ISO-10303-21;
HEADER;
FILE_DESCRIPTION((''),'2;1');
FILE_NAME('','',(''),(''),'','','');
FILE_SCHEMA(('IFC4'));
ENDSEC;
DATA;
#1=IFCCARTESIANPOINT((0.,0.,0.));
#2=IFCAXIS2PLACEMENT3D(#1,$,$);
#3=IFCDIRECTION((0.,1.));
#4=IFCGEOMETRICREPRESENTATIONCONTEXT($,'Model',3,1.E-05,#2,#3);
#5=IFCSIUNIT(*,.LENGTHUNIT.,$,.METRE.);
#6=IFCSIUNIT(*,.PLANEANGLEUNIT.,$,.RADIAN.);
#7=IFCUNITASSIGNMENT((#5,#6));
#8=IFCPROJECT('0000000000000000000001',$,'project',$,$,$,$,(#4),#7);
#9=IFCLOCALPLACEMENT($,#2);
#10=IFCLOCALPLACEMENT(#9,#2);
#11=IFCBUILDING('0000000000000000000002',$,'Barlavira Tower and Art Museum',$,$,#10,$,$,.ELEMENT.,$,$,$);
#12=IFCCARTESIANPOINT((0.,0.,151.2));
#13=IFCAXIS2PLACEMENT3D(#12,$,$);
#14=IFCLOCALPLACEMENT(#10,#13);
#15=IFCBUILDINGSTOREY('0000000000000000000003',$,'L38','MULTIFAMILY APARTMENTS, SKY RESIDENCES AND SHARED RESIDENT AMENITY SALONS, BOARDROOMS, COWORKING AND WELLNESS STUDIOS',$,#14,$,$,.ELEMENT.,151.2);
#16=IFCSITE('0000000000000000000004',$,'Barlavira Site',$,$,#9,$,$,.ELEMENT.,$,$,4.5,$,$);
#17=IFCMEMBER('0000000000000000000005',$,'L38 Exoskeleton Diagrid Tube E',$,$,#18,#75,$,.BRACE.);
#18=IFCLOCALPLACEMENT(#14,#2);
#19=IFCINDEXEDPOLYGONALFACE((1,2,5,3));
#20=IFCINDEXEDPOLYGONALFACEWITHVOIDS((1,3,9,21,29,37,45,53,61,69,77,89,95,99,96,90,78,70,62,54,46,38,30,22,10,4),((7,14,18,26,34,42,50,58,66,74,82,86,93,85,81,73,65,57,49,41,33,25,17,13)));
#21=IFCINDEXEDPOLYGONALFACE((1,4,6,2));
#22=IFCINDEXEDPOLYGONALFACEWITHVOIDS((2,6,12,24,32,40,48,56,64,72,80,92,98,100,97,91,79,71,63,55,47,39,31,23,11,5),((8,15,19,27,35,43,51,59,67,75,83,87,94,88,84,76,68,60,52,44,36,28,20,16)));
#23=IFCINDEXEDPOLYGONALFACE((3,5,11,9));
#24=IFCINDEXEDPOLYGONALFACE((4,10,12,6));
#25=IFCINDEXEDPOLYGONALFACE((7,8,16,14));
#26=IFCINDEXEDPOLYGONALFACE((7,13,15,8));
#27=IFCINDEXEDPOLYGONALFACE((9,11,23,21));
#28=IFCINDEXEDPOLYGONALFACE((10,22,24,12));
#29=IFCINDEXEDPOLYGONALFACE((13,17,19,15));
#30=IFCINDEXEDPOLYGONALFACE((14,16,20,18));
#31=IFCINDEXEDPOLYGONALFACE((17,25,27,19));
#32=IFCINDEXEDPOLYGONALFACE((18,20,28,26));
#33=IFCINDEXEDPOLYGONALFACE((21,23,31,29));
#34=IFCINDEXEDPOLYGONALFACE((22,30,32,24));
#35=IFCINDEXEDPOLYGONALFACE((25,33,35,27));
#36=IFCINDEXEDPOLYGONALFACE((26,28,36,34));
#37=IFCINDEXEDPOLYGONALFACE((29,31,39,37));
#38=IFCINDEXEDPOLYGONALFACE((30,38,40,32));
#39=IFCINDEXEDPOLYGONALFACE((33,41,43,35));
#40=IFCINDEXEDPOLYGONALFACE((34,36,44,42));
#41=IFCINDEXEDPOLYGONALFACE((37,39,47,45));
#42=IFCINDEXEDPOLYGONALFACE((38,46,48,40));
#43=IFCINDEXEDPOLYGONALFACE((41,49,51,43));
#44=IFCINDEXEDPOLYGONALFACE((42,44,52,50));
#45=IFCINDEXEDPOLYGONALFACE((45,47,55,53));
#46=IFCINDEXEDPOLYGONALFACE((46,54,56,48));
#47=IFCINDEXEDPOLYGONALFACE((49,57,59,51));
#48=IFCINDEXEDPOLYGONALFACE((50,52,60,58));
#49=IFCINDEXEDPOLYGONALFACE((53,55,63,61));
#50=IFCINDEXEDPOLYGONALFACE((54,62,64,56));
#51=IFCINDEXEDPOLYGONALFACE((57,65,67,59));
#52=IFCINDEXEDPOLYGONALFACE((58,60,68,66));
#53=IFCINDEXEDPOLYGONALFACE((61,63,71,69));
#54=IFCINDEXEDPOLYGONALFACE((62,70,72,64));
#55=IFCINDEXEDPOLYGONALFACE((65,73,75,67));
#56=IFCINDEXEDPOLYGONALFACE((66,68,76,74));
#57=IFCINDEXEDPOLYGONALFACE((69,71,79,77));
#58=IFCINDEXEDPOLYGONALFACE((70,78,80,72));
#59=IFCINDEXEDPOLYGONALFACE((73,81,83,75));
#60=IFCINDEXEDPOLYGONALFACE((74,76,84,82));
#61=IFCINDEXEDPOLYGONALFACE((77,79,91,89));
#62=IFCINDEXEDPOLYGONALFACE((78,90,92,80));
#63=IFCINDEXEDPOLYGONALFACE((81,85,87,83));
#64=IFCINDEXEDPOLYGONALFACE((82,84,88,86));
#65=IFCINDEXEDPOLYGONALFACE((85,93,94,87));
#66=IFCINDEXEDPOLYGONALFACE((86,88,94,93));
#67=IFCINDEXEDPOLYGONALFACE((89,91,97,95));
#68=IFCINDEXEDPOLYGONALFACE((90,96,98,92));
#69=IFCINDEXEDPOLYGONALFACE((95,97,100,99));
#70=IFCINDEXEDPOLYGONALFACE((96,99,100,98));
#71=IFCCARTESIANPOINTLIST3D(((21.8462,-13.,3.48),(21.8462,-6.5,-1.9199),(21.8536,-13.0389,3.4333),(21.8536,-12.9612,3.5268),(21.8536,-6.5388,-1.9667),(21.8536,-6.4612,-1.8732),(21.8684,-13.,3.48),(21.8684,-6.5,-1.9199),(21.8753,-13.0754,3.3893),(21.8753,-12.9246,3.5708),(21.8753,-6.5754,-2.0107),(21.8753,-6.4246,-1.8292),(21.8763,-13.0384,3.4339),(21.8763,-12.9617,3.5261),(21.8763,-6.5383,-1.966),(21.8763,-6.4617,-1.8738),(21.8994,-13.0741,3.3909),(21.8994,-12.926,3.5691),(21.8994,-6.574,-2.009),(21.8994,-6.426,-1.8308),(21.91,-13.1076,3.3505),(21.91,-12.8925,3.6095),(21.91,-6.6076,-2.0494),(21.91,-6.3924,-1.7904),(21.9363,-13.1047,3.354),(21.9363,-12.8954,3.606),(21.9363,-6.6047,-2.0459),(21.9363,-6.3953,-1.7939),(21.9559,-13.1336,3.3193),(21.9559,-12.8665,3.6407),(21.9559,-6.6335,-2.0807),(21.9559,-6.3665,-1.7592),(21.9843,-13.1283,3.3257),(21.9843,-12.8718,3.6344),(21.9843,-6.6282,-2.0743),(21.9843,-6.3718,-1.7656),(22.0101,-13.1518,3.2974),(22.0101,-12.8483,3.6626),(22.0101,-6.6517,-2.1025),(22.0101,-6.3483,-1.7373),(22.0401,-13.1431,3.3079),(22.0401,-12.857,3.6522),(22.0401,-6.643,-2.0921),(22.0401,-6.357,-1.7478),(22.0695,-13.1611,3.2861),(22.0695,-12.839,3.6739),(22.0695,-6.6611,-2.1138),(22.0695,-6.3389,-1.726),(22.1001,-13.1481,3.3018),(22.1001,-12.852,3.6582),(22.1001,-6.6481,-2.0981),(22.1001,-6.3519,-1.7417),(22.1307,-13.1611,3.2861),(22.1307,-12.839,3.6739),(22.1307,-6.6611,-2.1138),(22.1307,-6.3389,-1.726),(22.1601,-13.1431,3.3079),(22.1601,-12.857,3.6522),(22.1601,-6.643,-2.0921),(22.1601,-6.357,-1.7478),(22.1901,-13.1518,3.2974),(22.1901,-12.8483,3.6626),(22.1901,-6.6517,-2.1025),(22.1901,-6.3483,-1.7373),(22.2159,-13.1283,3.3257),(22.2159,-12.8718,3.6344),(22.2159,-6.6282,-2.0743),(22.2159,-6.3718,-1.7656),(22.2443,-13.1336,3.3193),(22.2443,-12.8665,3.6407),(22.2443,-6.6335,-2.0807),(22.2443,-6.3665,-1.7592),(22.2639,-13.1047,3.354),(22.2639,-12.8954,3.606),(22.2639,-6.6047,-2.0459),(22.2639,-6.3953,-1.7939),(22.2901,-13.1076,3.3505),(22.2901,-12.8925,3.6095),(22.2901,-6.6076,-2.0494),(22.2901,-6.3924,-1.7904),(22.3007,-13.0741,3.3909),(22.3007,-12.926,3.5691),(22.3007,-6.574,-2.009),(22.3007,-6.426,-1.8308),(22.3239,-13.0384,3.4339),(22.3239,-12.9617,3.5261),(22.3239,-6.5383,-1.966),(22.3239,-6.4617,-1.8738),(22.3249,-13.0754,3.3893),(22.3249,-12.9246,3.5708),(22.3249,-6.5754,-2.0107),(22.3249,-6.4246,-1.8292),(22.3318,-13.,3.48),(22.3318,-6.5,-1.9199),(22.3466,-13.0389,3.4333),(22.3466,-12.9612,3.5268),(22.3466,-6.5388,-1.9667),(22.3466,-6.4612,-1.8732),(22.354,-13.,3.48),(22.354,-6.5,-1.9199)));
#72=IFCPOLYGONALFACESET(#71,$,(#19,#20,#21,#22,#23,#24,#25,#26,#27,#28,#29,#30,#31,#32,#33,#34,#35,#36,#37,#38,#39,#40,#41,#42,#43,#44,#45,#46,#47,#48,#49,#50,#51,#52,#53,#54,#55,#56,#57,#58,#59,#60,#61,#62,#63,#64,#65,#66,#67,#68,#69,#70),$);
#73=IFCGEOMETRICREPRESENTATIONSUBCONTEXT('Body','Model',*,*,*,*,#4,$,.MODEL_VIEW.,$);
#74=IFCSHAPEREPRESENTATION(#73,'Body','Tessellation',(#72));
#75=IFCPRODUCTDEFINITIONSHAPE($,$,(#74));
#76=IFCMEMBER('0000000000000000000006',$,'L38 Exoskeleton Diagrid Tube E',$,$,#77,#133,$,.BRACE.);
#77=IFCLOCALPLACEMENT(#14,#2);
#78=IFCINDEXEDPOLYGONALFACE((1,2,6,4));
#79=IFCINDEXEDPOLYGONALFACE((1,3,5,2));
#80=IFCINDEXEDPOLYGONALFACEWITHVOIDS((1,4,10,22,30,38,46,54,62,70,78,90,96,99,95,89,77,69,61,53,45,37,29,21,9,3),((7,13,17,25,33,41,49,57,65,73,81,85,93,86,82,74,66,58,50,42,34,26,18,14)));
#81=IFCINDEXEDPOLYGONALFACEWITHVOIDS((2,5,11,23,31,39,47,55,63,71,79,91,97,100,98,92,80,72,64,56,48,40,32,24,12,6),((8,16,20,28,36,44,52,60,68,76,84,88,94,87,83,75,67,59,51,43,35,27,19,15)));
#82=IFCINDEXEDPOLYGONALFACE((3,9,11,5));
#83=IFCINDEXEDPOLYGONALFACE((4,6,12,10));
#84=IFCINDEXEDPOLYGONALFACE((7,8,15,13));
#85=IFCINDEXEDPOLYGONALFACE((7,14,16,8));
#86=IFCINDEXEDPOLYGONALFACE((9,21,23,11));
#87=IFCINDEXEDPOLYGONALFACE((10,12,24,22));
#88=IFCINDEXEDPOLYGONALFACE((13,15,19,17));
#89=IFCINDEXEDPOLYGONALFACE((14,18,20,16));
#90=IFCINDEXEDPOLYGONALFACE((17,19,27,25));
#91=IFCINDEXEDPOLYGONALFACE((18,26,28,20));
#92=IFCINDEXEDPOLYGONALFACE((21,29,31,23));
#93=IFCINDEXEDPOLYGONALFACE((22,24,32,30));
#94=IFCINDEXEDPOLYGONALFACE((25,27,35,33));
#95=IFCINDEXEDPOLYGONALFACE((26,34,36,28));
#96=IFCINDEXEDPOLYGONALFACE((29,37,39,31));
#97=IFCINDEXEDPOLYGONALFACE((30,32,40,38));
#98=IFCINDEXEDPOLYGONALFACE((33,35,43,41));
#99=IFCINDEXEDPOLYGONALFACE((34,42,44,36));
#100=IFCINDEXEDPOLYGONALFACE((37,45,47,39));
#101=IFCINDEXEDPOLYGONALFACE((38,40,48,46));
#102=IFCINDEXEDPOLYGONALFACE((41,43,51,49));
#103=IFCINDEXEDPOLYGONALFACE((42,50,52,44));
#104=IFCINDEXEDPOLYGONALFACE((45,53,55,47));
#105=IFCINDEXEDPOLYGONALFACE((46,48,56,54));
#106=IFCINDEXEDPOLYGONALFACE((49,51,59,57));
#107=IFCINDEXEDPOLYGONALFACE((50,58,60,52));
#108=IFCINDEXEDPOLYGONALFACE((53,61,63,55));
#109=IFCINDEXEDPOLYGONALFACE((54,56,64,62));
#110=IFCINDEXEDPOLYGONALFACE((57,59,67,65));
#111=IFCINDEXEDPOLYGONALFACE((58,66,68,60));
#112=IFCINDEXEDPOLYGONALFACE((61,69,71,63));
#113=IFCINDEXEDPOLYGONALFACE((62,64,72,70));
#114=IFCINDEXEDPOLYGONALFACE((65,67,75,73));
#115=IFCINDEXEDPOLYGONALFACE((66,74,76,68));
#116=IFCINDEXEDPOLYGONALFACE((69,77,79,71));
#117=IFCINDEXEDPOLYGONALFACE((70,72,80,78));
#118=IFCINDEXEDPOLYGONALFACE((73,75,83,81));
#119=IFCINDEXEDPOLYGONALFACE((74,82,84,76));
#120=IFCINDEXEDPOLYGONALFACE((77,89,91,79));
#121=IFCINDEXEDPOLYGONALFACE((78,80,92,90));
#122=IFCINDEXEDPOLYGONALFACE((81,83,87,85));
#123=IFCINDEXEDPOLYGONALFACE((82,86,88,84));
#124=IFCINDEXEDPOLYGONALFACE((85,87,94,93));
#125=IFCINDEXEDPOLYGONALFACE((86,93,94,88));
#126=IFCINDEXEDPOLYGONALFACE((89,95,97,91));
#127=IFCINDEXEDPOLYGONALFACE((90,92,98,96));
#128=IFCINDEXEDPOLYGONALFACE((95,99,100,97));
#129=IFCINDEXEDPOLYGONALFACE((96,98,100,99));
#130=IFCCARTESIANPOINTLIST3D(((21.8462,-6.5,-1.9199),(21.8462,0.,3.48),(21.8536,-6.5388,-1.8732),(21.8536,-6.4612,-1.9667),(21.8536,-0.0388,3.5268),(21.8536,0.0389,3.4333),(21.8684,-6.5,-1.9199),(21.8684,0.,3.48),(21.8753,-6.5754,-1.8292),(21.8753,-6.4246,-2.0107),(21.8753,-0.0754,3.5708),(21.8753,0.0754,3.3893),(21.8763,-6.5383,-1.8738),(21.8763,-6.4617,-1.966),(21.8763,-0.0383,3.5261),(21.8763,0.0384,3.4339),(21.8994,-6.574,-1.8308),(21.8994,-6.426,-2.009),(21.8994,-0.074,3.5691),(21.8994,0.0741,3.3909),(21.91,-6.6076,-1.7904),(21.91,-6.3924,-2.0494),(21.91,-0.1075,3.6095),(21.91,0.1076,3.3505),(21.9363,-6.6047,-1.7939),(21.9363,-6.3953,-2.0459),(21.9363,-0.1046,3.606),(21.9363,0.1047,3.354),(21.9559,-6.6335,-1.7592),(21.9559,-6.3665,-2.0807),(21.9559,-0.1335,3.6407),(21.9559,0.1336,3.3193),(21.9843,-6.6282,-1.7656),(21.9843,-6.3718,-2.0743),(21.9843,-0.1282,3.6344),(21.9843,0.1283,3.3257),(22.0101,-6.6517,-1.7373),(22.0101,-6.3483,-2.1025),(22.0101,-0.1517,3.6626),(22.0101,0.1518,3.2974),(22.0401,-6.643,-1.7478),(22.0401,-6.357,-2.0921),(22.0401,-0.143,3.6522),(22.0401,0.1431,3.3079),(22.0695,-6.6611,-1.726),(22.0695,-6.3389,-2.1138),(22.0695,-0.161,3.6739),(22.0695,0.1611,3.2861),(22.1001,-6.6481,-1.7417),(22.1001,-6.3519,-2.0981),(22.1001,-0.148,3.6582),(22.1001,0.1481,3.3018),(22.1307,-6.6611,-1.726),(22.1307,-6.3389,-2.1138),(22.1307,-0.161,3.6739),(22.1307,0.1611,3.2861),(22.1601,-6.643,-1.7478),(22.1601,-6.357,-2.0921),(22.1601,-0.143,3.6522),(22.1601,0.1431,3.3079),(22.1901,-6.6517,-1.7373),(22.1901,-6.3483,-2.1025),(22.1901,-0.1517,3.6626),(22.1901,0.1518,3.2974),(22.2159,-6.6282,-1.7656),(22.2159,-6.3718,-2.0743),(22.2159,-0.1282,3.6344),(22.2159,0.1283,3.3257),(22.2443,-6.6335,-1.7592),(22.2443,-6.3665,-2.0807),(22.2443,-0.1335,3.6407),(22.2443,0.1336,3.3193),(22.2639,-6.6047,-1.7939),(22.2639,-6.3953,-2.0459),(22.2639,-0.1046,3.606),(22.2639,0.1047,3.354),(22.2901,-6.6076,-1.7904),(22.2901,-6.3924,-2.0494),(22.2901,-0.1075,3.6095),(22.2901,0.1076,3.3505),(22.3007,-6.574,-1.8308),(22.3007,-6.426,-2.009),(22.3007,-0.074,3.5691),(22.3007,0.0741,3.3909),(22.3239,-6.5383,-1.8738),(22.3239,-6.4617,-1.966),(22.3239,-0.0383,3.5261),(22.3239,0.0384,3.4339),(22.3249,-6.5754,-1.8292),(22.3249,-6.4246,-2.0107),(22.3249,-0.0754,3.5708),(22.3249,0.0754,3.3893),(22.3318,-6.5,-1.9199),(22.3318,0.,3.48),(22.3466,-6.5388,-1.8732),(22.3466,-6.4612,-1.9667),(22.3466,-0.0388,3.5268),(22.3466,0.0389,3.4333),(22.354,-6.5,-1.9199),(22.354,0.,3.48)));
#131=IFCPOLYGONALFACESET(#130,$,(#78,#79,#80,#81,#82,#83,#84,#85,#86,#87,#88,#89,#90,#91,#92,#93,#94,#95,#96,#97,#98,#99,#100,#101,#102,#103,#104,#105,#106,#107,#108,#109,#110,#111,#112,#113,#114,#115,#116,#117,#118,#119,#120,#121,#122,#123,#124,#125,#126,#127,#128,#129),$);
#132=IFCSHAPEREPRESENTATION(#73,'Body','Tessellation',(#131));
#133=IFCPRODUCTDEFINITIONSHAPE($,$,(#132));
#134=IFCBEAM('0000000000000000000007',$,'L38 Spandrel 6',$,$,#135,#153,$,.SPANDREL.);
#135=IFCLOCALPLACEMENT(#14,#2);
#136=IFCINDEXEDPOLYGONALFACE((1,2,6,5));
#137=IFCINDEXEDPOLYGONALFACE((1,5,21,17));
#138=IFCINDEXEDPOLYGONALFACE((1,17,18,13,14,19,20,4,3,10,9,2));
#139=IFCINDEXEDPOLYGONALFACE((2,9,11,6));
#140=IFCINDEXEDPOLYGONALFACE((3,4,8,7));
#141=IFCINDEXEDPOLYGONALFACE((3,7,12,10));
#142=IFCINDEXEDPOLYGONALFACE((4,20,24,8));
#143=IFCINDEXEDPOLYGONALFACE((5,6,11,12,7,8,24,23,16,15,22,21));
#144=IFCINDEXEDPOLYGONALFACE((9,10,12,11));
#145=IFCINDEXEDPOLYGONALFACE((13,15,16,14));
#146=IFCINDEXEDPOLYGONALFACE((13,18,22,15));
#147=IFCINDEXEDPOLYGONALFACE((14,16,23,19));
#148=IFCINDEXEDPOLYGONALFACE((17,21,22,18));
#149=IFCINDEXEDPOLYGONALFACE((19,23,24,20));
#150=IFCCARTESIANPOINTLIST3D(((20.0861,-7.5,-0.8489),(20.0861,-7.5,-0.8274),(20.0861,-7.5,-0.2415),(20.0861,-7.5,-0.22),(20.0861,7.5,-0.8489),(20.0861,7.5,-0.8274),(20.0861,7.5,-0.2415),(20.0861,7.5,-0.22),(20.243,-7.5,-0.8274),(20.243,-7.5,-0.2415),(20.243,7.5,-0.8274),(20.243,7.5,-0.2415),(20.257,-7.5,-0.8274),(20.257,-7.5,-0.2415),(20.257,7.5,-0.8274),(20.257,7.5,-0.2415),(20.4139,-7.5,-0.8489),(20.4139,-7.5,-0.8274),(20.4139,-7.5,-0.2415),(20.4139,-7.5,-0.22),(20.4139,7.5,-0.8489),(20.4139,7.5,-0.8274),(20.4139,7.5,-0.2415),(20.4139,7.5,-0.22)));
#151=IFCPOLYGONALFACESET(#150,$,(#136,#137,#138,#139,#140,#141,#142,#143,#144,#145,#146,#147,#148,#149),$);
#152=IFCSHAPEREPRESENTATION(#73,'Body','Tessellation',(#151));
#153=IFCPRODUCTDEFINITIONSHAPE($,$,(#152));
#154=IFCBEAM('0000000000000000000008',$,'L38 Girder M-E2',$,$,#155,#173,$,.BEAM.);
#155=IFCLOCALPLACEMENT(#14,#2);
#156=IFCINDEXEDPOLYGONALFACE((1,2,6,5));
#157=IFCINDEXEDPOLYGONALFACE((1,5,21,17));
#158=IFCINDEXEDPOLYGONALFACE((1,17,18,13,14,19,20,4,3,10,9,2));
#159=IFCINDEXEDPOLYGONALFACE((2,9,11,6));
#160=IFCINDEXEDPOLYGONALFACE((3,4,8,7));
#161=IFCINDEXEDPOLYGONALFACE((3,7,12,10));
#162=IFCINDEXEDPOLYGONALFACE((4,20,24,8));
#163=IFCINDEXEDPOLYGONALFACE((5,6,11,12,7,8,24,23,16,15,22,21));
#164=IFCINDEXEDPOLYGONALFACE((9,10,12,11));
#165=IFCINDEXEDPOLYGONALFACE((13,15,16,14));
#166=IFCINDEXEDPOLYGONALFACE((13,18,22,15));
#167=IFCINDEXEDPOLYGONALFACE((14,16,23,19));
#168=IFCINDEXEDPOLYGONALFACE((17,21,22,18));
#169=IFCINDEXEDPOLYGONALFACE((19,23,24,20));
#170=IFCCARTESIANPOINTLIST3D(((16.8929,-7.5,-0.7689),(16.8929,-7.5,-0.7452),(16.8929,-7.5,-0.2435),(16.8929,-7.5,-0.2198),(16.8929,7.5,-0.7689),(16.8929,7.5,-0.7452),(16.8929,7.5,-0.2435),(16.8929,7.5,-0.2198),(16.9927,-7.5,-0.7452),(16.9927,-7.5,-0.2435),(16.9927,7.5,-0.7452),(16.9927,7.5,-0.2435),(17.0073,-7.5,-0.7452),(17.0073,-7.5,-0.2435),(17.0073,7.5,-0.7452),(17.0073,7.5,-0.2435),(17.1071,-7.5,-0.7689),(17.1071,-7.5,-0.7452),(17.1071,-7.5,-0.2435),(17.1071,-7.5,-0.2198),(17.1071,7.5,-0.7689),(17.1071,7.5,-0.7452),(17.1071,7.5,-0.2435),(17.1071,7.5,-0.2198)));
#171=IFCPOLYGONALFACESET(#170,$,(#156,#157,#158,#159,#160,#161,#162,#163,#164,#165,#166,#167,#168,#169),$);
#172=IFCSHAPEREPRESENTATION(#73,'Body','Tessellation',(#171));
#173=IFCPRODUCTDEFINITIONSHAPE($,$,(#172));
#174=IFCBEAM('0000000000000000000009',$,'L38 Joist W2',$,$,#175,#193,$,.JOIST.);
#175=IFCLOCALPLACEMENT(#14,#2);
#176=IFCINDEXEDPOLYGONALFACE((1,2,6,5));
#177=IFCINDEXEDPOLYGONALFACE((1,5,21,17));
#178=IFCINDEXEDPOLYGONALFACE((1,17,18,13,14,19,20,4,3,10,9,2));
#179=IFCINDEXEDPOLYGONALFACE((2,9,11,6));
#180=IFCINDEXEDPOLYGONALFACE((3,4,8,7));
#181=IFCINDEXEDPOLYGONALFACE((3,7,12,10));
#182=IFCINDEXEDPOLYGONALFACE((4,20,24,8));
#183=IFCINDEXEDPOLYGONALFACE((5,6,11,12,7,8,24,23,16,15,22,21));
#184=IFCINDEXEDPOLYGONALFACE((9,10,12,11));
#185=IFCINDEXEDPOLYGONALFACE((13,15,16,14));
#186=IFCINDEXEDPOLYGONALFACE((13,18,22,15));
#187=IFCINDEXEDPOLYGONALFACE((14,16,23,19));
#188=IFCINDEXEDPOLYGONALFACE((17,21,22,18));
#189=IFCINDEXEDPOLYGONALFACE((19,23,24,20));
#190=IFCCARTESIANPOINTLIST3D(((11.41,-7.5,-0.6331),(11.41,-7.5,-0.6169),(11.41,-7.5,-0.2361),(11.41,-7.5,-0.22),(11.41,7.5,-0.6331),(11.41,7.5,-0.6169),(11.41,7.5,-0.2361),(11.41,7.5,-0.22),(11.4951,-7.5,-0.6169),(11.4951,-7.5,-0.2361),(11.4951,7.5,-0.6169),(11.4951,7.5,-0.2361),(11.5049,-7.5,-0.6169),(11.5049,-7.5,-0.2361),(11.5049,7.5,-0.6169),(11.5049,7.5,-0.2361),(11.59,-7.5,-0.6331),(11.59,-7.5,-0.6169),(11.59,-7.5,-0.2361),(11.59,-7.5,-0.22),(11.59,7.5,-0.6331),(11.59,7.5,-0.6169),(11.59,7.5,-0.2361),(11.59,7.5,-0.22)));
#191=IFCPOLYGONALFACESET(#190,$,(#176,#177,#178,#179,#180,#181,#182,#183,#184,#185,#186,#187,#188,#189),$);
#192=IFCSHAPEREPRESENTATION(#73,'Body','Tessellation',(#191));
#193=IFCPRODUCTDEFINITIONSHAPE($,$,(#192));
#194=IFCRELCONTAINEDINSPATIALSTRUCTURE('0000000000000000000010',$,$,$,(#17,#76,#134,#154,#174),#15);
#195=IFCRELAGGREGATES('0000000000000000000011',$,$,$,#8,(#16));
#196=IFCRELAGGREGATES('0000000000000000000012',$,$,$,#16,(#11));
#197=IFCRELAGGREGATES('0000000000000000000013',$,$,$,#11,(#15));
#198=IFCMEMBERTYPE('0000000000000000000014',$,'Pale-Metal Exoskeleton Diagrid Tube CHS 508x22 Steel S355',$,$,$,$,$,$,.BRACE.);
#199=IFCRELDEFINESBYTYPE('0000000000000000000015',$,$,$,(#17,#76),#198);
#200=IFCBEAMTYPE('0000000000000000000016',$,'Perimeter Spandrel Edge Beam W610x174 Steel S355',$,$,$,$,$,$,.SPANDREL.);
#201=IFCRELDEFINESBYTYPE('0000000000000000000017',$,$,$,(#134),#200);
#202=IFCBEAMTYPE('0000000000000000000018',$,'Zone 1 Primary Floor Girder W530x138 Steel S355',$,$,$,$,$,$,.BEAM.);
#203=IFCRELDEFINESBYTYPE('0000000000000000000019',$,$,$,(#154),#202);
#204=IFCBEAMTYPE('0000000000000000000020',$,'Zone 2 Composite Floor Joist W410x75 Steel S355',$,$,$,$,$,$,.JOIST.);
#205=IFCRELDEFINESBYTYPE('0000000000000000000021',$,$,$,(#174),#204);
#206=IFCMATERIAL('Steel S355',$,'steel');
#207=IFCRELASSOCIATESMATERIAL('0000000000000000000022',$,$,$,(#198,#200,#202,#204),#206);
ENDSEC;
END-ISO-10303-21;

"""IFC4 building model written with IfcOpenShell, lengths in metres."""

from ifc_helpers import new_model, si_unit, direction, frame, origin, origin_2d, place, context, subcontext, project, spatial, hollow_circle, i_section, extrude, material, material_profile, profile_set, type_object, element, save


model = new_model("IFC4")

# Units and contexts
model_context = context("Model", 3, precision=1e-05, world=origin(), true_north=direction((0.0, 1.0)))
body_context = subcontext(model_context, "Body", "Model", "MODEL_VIEW")
ifc_project = project(units=[si_unit("LENGTHUNIT", "METRE"), si_unit("PLANEANGLEUNIT", "RADIAN")], contexts=[model_context])

# Site, building, storey
site_placement = place(None, origin())
site = spatial("IfcSite", under=ifc_project, at=site_placement, Name="Barlavira Site", CompositionType="ELEMENT", RefElevation=4.5)
building_placement = place(site_placement, origin())
building = spatial("IfcBuilding", under=site, at=building_placement, Name="Barlavira Tower and Art Museum", CompositionType="ELEMENT")
storey_placement = place(building_placement, frame((0.0, 0.0, 151.2)))
storey = spatial("IfcBuildingStorey", under=building, at=storey_placement, Name="L38", Description="MULTIFAMILY APARTMENTS, SKY RESIDENCES AND SHARED RESIDENT AMENITY SALONS, BOARDROOMS, COWORKING AND WELLNESS STUDIOS", CompositionType="ELEMENT", Elevation=151.2)

# Members
ifc_material_1 = material(Name="Steel S355", Category="steel")
ifc_material_profile_1 = material_profile(ifc_material_1, hollow_circle(Radius=0.2539, WallThickness=0.0222, at=origin_2d()), Name="CHS 508.0x22.2")
ifc_profile_set_1 = profile_set([ifc_material_profile_1], Name="Steel S355")
member_type_1 = type_object("IfcMemberType", Name="Pale-Metal Exoskeleton Diagrid Tube CHS 508x22 Steel S355", PredefinedType="BRACE", material=ifc_profile_set_1)
for number, where, z_axis, x_axis, name in (
    (1, (22.1001, -6.5, -1.9199), (0.0, -0.769196, 0.639013), (1.0, 0.0, 0.0), "L38 Exoskeleton Diagrid Tube E"),
    (2, (22.1001, -6.5, -1.9199), (0.0, 0.769196, 0.639013), (-1.0, 0.0, 0.0), "L38 Exoskeleton Diagrid Tube E"),
):
    element("IfcMember", number, at=place(storey_placement, frame(where, z_axis=z_axis, x_axis=x_axis)), inside=storey, type_object=member_type_1, Name=name, PredefinedType="BRACE", context=body_context, shape_type="SweptSolid", body=[
        extrude(hollow_circle(Radius=0.2539, WallThickness=0.0222, at=origin_2d()), origin(), (0.0, 0.0, 1.0), 8.4504),
    ])

# Beams
ifc_material_profile_2 = material_profile(ifc_material_1, i_section(OverallWidth=0.3279, OverallDepth=0.6289, WebThickness=0.0139, FlangeThickness=0.0215, at=origin_2d()), Name="W610x174.0")
ifc_profile_set_2 = profile_set([ifc_material_profile_2], Name="Steel S355")
beam_type_1 = type_object("IfcBeamType", Name="Perimeter Spandrel Edge Beam W610x174 Steel S355", PredefinedType="SPANDREL", material=ifc_profile_set_2)
beam_1_placement = place(storey_placement, frame((20.25, -7.5, -0.5344), z_axis=(0.0, 1.0, 0.0), x_axis=(-1.0, 0.0, 0.0)))
element("IfcBeam", 3, at=beam_1_placement, inside=storey, type_object=beam_type_1, Name="L38 Spandrel 6", PredefinedType="SPANDREL", context=body_context, shape_type="SweptSolid", body=[
    extrude(i_section(OverallWidth=0.3279, OverallDepth=0.6289, WebThickness=0.0139, FlangeThickness=0.0215, at=origin_2d()), origin(), (0.0, 0.0, 1.0), 15.0),
])
ifc_material_profile_3 = material_profile(ifc_material_1, i_section(OverallWidth=0.2141, OverallDepth=0.5491, WebThickness=0.0146, FlangeThickness=0.0237, at=origin_2d()), Name="W530x138.0")
ifc_profile_set_3 = profile_set([ifc_material_profile_3], Name="Steel S355")
beam_type_2 = type_object("IfcBeamType", Name="Zone 1 Primary Floor Girder W530x138 Steel S355", PredefinedType="BEAM", material=ifc_profile_set_3)
beam_2_placement = place(storey_placement, frame((17.0, -7.5, -0.4944), z_axis=(0.0, 1.0, 0.0), x_axis=(-1.0, 0.0, 0.0)))
element("IfcBeam", 4, at=beam_2_placement, inside=storey, type_object=beam_type_2, Name="L38 Girder M-E2", PredefinedType="BEAM", context=body_context, shape_type="SweptSolid", body=[
    extrude(i_section(OverallWidth=0.2141, OverallDepth=0.5491, WebThickness=0.0146, FlangeThickness=0.0237, at=origin_2d()), origin(), (0.0, 0.0, 1.0), 15.0),
])
ifc_material_profile_4 = material_profile(ifc_material_1, i_section(OverallWidth=0.1799, OverallDepth=0.4131, WebThickness=0.0098, FlangeThickness=0.0161, at=origin_2d()), Name="W410x75.0")
ifc_profile_set_4 = profile_set([ifc_material_profile_4], Name="Steel S355")
beam_type_3 = type_object("IfcBeamType", Name="Zone 2 Composite Floor Joist W410x75 Steel S355", PredefinedType="JOIST", material=ifc_profile_set_4)
beam_3_placement = place(storey_placement, frame((11.5, -7.5, -0.4265), z_axis=(0.0, 1.0, 0.0), x_axis=(-1.0, 0.0, 0.0)))
element("IfcBeam", 5, at=beam_3_placement, inside=storey, type_object=beam_type_3, Name="L38 Joist W2", PredefinedType="JOIST", context=body_context, shape_type="SweptSolid", body=[
    extrude(i_section(OverallWidth=0.1799, OverallDepth=0.4131, WebThickness=0.0098, FlangeThickness=0.0161, at=origin_2d()), origin(), (0.0, 0.0, 1.0), 15.0),
])

save(model, "model.ifc")
